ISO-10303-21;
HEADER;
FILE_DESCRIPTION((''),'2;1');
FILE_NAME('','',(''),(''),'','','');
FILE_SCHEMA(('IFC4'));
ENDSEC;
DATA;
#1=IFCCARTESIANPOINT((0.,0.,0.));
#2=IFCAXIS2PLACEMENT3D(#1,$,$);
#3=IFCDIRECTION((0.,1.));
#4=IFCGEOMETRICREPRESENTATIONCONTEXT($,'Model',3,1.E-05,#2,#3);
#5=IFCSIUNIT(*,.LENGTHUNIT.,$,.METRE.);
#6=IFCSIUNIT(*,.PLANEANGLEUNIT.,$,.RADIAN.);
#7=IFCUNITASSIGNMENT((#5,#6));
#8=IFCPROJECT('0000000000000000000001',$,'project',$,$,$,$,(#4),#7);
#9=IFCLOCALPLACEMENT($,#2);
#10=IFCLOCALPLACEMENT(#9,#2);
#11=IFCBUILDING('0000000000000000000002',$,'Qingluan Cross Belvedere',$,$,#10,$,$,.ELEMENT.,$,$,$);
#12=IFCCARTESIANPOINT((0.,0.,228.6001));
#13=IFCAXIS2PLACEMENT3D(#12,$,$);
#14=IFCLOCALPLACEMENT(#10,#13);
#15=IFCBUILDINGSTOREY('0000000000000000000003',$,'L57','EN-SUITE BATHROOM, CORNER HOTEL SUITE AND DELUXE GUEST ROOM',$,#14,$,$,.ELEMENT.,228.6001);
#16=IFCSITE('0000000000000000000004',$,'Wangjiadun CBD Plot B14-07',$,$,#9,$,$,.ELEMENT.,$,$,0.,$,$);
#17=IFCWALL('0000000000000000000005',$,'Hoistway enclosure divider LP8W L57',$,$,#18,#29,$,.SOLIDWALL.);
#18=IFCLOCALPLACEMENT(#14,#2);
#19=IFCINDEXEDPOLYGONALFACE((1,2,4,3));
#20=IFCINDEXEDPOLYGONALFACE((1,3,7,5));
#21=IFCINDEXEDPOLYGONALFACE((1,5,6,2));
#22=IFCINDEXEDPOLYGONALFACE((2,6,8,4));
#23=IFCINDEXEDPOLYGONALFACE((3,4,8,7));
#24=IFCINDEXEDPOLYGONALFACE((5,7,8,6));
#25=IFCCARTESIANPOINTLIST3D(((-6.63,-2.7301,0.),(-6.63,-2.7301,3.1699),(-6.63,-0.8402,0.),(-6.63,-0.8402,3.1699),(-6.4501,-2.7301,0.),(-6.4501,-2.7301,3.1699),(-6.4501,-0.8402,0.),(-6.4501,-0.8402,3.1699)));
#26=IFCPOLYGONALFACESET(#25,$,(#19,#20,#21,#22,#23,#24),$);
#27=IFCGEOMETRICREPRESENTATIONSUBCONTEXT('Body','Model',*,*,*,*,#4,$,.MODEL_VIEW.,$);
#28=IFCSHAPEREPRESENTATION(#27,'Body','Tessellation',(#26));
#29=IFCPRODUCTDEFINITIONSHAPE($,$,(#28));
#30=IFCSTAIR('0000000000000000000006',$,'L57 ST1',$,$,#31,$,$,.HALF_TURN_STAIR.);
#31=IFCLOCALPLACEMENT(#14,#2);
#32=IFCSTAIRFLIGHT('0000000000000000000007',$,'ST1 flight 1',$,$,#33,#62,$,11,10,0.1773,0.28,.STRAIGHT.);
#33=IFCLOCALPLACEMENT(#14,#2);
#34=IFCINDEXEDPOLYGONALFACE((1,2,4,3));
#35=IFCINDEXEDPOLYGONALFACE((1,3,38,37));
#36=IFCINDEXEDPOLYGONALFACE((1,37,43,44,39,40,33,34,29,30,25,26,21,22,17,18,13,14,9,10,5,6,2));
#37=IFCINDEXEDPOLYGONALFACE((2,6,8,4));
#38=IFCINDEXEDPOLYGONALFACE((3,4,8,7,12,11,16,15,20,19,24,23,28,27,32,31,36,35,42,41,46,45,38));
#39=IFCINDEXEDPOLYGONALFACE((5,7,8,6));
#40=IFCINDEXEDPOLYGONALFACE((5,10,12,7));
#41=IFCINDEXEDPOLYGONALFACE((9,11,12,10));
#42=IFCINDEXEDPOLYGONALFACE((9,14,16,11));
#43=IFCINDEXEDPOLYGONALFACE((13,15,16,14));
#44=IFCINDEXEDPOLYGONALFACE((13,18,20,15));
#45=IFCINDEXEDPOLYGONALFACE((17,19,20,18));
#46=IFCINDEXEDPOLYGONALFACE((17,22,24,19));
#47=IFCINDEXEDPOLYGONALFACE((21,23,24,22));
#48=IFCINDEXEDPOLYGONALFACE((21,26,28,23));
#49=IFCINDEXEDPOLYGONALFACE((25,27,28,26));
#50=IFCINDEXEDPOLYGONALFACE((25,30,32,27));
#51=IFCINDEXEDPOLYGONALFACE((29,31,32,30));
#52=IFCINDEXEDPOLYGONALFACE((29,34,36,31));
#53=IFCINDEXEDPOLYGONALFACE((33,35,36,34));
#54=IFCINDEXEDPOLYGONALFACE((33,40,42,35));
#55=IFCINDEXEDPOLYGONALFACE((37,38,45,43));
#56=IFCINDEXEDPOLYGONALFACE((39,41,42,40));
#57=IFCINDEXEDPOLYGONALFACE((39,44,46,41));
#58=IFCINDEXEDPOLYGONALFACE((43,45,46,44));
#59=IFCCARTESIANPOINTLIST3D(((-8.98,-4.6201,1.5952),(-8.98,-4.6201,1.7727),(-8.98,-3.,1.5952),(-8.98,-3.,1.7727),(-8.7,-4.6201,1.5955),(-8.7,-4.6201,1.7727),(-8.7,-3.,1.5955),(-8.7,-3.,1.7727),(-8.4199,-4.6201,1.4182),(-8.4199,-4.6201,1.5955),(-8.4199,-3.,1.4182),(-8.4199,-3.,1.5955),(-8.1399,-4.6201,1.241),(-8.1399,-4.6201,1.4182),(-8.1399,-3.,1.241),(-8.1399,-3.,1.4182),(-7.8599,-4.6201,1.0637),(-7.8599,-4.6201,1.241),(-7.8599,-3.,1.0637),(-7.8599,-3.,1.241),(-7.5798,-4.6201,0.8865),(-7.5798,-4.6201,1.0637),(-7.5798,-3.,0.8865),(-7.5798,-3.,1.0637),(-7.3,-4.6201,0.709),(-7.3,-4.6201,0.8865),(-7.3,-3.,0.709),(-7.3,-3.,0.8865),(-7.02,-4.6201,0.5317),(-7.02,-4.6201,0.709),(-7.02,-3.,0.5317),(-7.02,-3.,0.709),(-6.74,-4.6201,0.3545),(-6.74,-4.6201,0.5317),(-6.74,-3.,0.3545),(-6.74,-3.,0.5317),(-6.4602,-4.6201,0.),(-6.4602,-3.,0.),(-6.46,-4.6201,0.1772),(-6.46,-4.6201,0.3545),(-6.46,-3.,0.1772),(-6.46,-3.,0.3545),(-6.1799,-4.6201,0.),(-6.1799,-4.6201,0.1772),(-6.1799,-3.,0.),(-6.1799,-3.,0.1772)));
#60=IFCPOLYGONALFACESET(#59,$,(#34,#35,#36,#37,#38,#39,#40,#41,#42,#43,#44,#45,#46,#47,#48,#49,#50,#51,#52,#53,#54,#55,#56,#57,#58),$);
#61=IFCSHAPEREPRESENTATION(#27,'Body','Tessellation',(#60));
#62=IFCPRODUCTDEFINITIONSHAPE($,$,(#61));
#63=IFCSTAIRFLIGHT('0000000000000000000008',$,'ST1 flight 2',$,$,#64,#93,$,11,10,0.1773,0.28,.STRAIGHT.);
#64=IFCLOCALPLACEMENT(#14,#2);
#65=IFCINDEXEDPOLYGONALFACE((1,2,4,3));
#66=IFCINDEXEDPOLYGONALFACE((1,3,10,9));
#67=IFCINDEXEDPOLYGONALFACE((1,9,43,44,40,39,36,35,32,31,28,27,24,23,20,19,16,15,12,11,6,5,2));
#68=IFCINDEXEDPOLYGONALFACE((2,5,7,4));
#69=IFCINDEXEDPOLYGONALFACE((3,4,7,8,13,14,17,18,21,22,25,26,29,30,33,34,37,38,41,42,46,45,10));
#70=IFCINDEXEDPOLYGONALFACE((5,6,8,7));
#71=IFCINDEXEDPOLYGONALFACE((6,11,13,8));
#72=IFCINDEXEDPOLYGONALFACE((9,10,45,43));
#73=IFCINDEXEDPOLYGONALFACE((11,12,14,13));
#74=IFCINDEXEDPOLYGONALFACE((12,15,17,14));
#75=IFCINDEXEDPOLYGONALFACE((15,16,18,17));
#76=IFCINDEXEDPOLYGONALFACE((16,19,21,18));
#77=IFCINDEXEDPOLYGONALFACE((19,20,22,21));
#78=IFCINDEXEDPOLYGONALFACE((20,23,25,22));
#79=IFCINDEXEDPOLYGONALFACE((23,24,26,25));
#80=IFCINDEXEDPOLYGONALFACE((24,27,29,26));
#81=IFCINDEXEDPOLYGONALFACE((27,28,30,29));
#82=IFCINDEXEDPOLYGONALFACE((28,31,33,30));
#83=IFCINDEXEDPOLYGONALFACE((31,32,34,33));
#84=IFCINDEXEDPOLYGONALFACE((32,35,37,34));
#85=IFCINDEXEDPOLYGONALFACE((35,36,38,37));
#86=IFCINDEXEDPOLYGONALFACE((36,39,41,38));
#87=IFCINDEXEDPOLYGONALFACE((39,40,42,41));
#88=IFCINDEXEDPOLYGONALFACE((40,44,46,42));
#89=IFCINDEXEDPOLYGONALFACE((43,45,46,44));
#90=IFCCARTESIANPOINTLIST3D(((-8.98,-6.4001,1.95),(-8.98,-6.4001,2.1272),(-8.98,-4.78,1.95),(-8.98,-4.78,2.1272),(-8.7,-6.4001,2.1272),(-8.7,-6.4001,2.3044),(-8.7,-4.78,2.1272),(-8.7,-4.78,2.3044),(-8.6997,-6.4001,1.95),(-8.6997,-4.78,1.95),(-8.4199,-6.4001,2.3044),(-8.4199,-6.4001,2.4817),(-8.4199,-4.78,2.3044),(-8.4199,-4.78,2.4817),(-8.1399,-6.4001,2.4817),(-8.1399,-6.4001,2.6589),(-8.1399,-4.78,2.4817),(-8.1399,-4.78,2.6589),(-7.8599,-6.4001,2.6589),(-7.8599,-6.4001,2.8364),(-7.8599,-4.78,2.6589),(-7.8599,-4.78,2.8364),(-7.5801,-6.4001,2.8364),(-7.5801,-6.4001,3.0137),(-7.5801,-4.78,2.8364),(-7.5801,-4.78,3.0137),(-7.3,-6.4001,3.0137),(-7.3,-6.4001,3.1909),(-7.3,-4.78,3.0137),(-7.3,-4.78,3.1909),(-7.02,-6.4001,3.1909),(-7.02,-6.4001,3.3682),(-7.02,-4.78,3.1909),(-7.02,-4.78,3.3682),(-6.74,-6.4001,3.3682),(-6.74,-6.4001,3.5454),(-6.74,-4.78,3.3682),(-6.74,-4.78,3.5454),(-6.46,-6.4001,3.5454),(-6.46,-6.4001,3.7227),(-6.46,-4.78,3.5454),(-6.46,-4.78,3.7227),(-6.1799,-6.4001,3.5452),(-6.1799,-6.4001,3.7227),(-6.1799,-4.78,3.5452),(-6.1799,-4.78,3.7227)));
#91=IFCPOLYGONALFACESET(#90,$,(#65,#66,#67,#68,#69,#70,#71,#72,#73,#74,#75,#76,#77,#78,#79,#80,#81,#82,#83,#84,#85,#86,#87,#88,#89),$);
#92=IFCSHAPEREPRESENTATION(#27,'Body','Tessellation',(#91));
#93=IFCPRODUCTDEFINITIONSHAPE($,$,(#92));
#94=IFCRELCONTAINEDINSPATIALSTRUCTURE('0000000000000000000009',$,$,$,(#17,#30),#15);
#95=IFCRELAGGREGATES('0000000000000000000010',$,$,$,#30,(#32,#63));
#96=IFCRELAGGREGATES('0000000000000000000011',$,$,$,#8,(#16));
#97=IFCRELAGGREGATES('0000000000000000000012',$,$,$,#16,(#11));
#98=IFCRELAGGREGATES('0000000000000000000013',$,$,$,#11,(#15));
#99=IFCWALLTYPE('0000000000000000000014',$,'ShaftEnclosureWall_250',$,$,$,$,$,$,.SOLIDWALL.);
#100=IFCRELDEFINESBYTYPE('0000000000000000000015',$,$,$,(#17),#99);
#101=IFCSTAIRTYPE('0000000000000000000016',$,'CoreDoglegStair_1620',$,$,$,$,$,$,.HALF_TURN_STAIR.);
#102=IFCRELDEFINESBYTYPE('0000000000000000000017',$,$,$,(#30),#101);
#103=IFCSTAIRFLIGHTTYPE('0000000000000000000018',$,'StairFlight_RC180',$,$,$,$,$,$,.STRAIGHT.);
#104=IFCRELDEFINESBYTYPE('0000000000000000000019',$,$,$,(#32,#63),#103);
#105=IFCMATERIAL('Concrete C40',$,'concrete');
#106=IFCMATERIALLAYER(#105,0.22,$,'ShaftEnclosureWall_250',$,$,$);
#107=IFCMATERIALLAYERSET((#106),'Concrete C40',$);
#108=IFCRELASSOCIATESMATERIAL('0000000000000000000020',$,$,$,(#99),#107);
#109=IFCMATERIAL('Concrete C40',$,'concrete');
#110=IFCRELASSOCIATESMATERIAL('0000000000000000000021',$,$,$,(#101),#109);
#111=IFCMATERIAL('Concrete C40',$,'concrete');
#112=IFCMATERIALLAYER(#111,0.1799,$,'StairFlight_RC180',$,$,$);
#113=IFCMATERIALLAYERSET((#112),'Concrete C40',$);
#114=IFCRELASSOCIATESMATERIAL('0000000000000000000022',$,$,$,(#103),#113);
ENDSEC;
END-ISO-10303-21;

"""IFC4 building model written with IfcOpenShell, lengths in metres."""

from ifc_helpers import new_model, si_unit, direction, frame, frame_2d, origin, place, context, subcontext, project, spatial, polyline, rectangle, outline, extrude, material, layer, layer_set, type_object, element, aggregate, save


model = new_model("IFC4")

# Units and contexts
model_context = context("Model", 3, precision=1e-05, world=origin(), true_north=direction((0.0, 1.0)))
body_context = subcontext(model_context, "Body", "Model", "MODEL_VIEW")
ifc_project = project(units=[si_unit("LENGTHUNIT", "METRE"), si_unit("PLANEANGLEUNIT", "RADIAN")], contexts=[model_context])

# Site, building, storey
site_placement = place(None, origin())
site = spatial("IfcSite", under=ifc_project, at=site_placement, Name="Wangjiadun CBD Plot B14-07", CompositionType="ELEMENT", RefElevation=0.0)
building_placement = place(site_placement, origin())
building = spatial("IfcBuilding", under=site, at=building_placement, Name="Qingluan Cross Belvedere", CompositionType="ELEMENT")
storey_placement = place(building_placement, frame((0.0, 0.0, 228.6001)))
storey = spatial("IfcBuildingStorey", under=building, at=storey_placement, Name="L57", Description="EN-SUITE BATHROOM, CORNER HOTEL SUITE AND DELUXE GUEST ROOM", CompositionType="ELEMENT", Elevation=228.6001)

# Wall
ifc_material_1 = material(Name="Concrete C40", Category="concrete")
ifc_layer_1 = layer(ifc_material_1, 0.22, Name="ShaftEnclosureWall_250")
ifc_layer_set_1 = layer_set([ifc_layer_1], Name="Concrete C40")
wall_type_1 = type_object("IfcWallType", Name="ShaftEnclosureWall_250", PredefinedType="SOLIDWALL", material=ifc_layer_set_1)
wall_1_placement = place(storey_placement, frame((-6.54, -2.73, 0.0), z_axis=(0.0, 0.0, 1.0), x_axis=(0.0, 1.0, 0.0)))
element("IfcWall", 1, at=wall_1_placement, inside=storey, type_object=wall_type_1, Name="Hoistway enclosure divider LP8W L57", PredefinedType="SOLIDWALL", context=body_context, shape_type="SweptSolid", body=[
    extrude(rectangle(XDim=1.8899, YDim=0.1799, at=frame_2d((0.9448, 0.0))), origin(), (0.0, 0.0, 1.0), 3.1699),
])

# Stair, stair flights
ifc_material_2 = material(Name="Concrete C40", Category="concrete")
stair_type = type_object("IfcStairType", Name="CoreDoglegStair_1620", PredefinedType="HALF_TURN_STAIR", material=ifc_material_2)
stair_placement = place(storey_placement, origin())
stair = element("IfcStair", 2, at=stair_placement, inside=storey, type_object=stair_type, Name="L57 ST1", PredefinedType="HALF_TURN_STAIR")
ifc_material_3 = material(Name="Concrete C40", Category="concrete")
ifc_layer_2 = layer(ifc_material_3, 0.1799, Name="StairFlight_RC180")
ifc_layer_set_2 = layer_set([ifc_layer_2], Name="Concrete C40")
stair_flight_type = type_object("IfcStairFlightType", Name="StairFlight_RC180", PredefinedType="STRAIGHT", material=ifc_layer_set_2)
stair_flight_1_placement = place(storey_placement, frame((-6.1799, -3.8101, 0.0), z_axis=(0.0, 0.0, 1.0), x_axis=(-1.0, 0.0, 0.0)))
stair_flight_1 = element("IfcStairFlight", 3, at=stair_flight_1_placement, type_object=stair_flight_type, Name="ST1 flight 1", NumberOfRisers=11, NumberOfTreads=10, PredefinedType="STRAIGHT", RiserHeight=0.1773, TreadLength=0.28, context=body_context, shape_type="SweptSolid", body=[
    extrude(outline(polyline([(0.0, 0.0), (0.0, 0.1772), (0.28, 0.1772), (0.28, 0.3545), (0.5601, 0.3545), (0.5601, 0.5317), (0.8401, 0.5317), (0.8401, 0.709), (1.1201, 0.709), (1.1201, 0.8865), (1.3999, 0.8865), (1.3999, 1.0637), (1.6799, 1.0637), (1.6799, 1.241), (1.96, 1.241), (1.96, 1.4182), (2.24, 1.4182), (2.24, 1.5955), (2.52, 1.5955), (2.52, 1.7727), (2.8, 1.7727), (2.8, 1.95), (2.8, 1.5952), (0.2803, 0.0), (0.0, 0.0)])), frame((0.0, 0.8101, 0.0), z_axis=(0.0, -1.0, 0.0), x_axis=(1.0, 0.0, 0.0)), (0.0, 0.0, 1.0), 1.6201),
])
stair_flight_2_placement = place(storey_placement, frame((-8.98, -5.5901, 1.95), z_axis=(0.0, 0.0, 1.0), x_axis=(1.0, 0.0, 0.0)))
stair_flight_2 = element("IfcStairFlight", 4, at=stair_flight_2_placement, type_object=stair_flight_type, Name="ST1 flight 2", NumberOfRisers=11, NumberOfTreads=10, PredefinedType="STRAIGHT", RiserHeight=0.1773, TreadLength=0.28, context=body_context, shape_type="SweptSolid", body=[
    extrude(outline(polyline([(0.0, 0.0), (0.0, 0.1772), (0.28, 0.1772), (0.28, 0.3545), (0.5601, 0.3545), (0.5601, 0.5317), (0.8401, 0.5317), (0.8401, 0.709), (1.1201, 0.709), (1.1201, 0.8865), (1.3999, 0.8865), (1.3999, 1.0637), (1.6799, 1.0637), (1.6799, 1.241), (1.96, 1.241), (1.96, 1.4182), (2.24, 1.4182), (2.24, 1.5955), (2.52, 1.5955), (2.52, 1.7727), (2.8, 1.7727), (2.8, 1.95), (2.8, 1.5952), (0.2803, 0.0), (0.0, 0.0)])), frame((0.0, 0.8101, 0.0), z_axis=(0.0, -1.0, 0.0), x_axis=(1.0, 0.0, 0.0)), (0.0, 0.0, 1.0), 1.6201),
])
aggregate(stair, [stair_flight_1, stair_flight_2])

save(model, "model.ifc")
